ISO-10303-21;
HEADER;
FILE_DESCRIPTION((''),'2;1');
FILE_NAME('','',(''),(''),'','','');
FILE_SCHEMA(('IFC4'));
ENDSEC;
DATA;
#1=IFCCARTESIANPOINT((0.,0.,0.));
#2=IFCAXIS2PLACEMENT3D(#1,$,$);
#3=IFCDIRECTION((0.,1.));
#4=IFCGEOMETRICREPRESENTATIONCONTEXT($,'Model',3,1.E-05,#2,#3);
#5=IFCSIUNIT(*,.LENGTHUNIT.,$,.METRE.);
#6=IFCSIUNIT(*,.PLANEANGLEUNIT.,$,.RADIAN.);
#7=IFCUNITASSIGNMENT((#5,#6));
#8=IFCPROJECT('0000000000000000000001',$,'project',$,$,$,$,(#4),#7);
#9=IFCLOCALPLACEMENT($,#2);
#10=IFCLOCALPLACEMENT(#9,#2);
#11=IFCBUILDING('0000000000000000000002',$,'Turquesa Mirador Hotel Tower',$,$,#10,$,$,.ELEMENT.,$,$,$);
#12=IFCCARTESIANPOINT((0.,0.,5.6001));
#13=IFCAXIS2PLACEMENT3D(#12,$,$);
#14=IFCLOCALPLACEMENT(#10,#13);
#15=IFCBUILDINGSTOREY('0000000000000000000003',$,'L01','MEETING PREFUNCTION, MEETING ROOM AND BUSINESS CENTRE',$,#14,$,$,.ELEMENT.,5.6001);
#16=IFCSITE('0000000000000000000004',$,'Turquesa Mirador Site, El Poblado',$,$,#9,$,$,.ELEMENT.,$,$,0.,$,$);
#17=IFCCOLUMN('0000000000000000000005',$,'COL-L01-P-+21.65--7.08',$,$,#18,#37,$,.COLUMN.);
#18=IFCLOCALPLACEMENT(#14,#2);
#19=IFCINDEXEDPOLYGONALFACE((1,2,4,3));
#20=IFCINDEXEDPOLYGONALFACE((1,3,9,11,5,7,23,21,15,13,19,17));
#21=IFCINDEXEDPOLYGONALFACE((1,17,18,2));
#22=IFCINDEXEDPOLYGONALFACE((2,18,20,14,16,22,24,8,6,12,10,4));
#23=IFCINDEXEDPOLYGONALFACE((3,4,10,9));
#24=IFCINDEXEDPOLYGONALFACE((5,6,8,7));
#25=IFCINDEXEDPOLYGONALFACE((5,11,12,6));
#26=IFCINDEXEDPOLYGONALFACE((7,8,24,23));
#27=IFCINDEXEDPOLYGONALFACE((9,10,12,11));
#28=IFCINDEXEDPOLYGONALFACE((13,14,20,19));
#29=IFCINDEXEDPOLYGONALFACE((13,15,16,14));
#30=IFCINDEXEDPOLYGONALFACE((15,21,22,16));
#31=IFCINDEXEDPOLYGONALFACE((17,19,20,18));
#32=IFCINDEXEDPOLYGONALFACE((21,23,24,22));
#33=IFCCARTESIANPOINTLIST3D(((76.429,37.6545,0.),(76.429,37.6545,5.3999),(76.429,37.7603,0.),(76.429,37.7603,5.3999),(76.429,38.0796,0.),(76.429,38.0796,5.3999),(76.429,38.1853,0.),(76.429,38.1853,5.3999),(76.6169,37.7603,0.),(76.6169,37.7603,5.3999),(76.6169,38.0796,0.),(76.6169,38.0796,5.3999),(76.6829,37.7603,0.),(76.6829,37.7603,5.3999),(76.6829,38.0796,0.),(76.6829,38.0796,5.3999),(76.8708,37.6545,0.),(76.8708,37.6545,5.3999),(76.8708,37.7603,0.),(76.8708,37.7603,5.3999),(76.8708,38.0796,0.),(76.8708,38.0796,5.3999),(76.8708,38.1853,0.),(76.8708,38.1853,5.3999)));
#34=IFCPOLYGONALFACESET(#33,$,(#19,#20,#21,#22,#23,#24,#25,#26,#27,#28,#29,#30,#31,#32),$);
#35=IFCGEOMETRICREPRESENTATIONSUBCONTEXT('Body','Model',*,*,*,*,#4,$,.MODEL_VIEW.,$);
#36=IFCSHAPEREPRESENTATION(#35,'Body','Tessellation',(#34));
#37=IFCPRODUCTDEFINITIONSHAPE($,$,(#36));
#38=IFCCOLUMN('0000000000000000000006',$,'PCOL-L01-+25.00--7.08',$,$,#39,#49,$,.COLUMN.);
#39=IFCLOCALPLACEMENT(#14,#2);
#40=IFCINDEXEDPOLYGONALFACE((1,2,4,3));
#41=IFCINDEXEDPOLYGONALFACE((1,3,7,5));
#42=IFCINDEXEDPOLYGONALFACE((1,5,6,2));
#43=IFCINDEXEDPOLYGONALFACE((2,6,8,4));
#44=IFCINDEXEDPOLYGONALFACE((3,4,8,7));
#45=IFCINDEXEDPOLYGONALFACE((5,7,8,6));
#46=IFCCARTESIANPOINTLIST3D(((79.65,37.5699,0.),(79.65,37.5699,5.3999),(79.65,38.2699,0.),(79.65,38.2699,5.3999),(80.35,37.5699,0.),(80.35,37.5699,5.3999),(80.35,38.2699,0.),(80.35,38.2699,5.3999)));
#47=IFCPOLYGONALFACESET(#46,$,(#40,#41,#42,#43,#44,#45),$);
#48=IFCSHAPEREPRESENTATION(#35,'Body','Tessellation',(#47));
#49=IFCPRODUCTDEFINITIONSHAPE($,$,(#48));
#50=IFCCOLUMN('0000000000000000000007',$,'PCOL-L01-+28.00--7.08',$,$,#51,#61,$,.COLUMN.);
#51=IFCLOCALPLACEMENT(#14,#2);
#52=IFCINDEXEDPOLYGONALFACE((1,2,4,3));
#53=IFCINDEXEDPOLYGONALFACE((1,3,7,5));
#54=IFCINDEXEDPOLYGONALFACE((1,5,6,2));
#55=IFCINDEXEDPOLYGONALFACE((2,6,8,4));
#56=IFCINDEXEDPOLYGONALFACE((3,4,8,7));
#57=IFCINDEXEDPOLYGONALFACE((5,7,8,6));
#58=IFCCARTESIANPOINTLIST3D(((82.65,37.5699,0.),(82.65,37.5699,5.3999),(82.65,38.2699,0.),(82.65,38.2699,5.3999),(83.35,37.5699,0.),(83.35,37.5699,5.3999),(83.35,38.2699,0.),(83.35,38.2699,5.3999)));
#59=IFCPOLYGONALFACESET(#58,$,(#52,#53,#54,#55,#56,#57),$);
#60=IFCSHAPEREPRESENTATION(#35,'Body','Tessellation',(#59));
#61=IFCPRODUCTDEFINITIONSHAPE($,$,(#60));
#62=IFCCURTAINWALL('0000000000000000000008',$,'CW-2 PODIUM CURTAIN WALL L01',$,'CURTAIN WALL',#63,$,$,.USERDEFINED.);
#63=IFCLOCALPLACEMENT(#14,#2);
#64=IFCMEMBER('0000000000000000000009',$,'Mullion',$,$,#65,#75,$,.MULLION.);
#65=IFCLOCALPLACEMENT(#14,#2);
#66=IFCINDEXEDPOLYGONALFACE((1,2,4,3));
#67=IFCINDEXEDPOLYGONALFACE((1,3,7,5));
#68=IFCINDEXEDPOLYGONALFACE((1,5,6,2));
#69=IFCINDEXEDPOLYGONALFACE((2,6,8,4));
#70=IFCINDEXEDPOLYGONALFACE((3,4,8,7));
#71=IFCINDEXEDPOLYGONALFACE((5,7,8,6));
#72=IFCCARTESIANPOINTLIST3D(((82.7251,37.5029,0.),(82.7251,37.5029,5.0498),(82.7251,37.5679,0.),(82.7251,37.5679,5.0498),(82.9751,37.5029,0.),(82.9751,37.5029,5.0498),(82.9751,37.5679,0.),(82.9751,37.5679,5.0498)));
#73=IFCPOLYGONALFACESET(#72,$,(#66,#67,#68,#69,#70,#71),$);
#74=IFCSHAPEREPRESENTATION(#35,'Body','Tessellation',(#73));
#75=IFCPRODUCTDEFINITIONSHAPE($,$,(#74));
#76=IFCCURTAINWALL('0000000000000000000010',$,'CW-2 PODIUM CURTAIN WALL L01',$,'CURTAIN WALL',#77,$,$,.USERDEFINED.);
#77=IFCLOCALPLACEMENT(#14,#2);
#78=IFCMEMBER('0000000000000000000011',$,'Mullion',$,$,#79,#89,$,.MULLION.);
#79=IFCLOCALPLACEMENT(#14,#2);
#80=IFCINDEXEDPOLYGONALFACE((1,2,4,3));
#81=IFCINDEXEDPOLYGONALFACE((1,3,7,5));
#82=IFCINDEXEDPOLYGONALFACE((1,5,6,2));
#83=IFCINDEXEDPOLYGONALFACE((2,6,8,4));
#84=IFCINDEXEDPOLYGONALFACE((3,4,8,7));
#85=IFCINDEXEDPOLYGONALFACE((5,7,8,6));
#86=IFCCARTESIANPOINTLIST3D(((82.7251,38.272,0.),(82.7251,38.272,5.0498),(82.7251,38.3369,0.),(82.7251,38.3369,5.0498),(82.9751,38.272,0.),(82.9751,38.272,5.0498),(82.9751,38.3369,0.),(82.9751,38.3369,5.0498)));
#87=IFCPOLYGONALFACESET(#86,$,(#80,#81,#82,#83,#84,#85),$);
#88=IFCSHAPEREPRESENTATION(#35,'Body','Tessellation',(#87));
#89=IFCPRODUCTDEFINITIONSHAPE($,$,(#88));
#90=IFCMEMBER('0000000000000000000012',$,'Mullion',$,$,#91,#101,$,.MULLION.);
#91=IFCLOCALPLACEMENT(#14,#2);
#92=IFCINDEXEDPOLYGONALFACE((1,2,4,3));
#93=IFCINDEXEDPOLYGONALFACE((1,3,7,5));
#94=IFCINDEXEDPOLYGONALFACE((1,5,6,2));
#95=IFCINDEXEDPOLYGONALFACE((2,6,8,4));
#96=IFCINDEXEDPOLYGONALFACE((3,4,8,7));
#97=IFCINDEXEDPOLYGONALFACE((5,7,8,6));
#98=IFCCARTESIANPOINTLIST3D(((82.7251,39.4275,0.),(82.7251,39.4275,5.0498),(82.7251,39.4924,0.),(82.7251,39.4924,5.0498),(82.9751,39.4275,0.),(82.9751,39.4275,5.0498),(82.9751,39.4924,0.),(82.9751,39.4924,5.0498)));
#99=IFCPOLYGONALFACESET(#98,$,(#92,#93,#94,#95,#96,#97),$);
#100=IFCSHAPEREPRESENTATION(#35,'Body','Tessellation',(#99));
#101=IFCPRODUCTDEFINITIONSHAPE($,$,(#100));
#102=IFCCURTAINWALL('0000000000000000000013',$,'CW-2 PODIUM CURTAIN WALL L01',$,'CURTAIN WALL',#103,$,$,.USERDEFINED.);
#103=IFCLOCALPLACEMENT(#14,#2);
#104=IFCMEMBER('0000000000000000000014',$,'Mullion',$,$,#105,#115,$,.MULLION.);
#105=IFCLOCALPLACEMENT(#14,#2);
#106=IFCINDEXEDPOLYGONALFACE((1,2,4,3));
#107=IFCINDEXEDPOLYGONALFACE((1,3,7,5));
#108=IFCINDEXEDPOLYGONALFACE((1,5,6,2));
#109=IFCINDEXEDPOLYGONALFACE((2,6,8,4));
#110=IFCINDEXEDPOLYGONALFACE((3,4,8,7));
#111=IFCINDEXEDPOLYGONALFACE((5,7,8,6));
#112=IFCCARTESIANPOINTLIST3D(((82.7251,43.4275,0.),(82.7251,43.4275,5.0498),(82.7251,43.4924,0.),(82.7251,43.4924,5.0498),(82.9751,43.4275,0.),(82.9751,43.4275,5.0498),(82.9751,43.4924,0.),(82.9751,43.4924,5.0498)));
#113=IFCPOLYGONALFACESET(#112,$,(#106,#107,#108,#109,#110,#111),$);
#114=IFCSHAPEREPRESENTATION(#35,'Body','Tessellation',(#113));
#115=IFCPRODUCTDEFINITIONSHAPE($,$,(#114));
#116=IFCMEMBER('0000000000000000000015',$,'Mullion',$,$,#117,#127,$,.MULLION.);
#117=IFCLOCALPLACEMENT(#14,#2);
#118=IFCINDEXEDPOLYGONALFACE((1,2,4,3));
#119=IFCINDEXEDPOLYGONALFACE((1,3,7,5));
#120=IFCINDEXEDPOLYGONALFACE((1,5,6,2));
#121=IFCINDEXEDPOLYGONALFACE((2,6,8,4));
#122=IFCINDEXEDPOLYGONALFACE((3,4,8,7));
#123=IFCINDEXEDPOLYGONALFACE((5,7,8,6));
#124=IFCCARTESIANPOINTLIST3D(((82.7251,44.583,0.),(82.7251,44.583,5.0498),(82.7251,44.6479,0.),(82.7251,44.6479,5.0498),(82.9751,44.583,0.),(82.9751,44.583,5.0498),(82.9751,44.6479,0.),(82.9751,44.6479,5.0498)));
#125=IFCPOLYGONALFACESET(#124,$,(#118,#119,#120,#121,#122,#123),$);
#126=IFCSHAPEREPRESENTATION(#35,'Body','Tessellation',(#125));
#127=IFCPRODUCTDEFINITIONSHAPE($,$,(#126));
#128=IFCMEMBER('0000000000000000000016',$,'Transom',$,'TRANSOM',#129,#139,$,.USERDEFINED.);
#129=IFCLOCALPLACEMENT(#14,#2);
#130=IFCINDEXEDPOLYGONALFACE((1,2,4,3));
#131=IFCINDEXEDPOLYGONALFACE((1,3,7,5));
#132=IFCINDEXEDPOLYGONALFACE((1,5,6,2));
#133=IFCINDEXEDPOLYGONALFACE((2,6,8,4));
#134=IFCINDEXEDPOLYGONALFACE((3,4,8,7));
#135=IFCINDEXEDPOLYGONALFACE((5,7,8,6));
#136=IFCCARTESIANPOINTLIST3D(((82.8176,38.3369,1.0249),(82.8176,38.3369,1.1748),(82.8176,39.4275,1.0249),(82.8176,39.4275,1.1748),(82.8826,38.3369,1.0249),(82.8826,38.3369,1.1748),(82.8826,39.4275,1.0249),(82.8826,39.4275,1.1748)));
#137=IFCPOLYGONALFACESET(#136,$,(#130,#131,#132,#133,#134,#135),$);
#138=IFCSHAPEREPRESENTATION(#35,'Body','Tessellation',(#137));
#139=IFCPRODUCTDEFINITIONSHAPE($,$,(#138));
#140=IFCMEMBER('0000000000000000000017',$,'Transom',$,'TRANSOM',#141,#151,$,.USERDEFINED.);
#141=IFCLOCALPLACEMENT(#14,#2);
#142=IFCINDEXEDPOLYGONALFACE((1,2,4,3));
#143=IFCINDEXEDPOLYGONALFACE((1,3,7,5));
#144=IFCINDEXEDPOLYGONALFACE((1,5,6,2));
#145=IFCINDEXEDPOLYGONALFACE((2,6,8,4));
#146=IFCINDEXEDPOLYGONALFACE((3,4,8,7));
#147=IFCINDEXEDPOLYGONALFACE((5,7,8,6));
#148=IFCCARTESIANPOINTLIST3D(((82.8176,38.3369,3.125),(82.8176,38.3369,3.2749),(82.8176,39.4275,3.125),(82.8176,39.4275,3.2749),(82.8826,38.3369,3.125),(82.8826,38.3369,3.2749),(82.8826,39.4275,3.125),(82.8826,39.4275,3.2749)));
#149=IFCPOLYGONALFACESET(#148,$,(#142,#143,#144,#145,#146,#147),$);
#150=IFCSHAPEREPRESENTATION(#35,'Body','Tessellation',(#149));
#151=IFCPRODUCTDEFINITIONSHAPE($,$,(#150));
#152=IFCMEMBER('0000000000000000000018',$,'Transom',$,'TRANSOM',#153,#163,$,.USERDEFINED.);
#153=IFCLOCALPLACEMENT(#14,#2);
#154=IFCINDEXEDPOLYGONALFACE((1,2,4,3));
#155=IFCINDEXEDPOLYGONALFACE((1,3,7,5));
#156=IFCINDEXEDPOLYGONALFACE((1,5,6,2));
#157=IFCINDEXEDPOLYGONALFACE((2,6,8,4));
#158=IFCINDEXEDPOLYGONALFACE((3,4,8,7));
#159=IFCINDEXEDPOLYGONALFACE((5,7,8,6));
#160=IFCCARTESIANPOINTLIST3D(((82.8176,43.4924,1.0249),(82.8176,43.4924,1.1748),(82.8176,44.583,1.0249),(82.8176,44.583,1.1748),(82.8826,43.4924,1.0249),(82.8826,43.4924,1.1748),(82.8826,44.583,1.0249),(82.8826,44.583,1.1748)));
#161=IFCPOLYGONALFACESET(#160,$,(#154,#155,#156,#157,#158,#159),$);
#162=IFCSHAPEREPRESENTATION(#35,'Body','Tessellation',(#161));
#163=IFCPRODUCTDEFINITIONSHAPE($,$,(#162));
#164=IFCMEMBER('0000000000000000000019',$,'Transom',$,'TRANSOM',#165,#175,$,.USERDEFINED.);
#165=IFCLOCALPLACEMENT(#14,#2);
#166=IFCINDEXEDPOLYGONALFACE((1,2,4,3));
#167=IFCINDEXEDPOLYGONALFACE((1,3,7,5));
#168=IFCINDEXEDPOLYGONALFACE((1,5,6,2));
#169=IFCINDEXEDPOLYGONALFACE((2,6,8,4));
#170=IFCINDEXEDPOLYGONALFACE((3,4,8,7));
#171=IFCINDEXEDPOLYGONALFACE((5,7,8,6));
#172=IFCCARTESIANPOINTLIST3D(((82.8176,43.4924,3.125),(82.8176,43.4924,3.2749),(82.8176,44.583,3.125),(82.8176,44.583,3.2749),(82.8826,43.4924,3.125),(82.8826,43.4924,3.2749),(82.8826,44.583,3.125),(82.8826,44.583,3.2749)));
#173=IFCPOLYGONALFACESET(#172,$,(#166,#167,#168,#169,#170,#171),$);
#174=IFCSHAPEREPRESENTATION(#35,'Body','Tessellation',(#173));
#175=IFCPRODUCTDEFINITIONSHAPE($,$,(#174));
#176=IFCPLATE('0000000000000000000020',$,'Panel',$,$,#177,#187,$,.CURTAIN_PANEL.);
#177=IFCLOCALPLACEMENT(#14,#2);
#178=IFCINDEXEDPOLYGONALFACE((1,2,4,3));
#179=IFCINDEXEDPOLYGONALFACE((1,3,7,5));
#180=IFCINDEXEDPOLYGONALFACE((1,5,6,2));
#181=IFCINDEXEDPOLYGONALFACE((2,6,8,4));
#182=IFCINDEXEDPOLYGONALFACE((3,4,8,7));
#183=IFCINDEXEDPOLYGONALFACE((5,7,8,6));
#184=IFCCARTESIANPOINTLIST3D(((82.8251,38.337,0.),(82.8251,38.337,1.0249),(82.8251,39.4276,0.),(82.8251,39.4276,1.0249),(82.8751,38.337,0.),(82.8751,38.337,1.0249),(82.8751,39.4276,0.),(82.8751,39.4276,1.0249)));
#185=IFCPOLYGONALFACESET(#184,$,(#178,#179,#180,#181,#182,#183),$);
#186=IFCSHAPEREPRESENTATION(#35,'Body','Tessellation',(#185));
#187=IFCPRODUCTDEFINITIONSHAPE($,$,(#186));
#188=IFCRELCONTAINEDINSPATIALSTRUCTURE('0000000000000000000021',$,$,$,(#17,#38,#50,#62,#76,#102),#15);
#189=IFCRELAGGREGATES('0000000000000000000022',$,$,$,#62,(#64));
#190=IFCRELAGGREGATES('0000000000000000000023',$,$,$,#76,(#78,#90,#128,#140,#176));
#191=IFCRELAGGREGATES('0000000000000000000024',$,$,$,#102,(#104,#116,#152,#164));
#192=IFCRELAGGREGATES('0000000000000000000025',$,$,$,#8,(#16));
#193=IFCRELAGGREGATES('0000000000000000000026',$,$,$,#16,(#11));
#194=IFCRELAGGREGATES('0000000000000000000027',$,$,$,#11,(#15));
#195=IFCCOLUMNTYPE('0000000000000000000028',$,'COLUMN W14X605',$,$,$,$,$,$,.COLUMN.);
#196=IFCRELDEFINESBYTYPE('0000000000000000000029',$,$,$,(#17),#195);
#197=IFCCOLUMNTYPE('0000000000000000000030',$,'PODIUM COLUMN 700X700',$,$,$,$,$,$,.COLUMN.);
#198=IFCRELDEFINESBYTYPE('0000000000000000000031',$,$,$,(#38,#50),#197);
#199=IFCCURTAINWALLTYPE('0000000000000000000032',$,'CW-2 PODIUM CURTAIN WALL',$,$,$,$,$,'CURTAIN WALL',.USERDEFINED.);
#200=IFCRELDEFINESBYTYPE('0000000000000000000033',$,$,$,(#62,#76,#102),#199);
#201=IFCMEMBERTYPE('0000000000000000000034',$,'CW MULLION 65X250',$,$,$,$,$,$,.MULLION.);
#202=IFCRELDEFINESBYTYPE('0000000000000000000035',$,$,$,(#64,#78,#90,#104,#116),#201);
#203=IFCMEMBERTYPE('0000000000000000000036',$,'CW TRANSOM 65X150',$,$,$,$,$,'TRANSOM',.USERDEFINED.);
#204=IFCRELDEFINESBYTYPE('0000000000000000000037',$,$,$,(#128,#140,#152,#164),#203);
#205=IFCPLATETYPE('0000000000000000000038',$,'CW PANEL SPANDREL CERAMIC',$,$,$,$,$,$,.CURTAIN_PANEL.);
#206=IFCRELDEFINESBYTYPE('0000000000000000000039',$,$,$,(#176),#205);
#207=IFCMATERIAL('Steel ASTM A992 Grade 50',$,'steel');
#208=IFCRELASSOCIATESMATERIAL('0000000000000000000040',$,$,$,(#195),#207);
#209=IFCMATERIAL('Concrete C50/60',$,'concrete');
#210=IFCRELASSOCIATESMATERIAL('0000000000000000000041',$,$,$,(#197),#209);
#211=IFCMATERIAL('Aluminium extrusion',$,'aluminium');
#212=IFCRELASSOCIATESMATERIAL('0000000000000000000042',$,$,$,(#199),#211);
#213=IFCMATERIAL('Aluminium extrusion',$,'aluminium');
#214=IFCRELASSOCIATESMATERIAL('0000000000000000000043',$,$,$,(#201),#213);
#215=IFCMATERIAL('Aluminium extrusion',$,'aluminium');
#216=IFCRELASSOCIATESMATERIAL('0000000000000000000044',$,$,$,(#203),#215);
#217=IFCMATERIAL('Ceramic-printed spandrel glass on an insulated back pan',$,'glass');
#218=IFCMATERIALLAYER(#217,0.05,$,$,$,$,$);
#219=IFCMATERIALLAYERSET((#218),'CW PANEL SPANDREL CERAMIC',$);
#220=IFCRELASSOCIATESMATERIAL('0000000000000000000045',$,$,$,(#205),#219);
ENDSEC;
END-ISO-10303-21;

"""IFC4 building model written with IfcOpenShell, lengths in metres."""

from ifc_helpers import new_model, si_unit, direction, frame, origin, origin_2d, place, context, subcontext, project, spatial, rectangle, i_section, extrude, material, layer, layer_set, material_profile, profile_set, type_object, element, aggregate, save


model = new_model("IFC4")

# Units and contexts
model_context = context("Model", 3, precision=1e-05, world=origin(), true_north=direction((0.0, 1.0)))
body_context = subcontext(model_context, "Body", "Model", "MODEL_VIEW")
ifc_project = project(units=[si_unit("LENGTHUNIT", "METRE"), si_unit("PLANEANGLEUNIT", "RADIAN")], contexts=[model_context])

# Site, building, storey
site_placement = place(None, origin())
site = spatial("IfcSite", under=ifc_project, at=site_placement, Name="Turquesa Mirador Site, El Poblado", CompositionType="ELEMENT", RefElevation=0.0)
building_placement = place(site_placement, origin())
building = spatial("IfcBuilding", under=site, at=building_placement, Name="Turquesa Mirador Hotel Tower", CompositionType="ELEMENT")
storey_placement = place(building_placement, frame((0.0, 0.0, 5.6001)))
storey = spatial("IfcBuildingStorey", under=building, at=storey_placement, Name="L01", Description="MEETING PREFUNCTION, MEETING ROOM AND BUSINESS CENTRE", CompositionType="ELEMENT", Elevation=5.6001)

# Columns
ifc_material_1 = material(Name="Steel ASTM A992 Grade 50", Category="steel")
ifc_material_profile_1 = material_profile(ifc_material_1, i_section(OverallWidth=0.4419, OverallDepth=0.5308, WebThickness=0.0659, FlangeThickness=0.1057, at=origin_2d()), Name="W14X605")
ifc_profile_set_1 = profile_set([ifc_material_profile_1], Name="Steel ASTM A992 Grade 50")
column_type_1 = type_object("IfcColumnType", Name="COLUMN W14X605", PredefinedType="COLUMN", material=ifc_profile_set_1)
column_placement = place(storey_placement, frame((76.6499, 37.9199, 0.0), z_axis=(0.0, 0.0, 1.0), x_axis=(1.0, 0.0, 0.0)))
element("IfcColumn", 1, at=column_placement, inside=storey, type_object=column_type_1, Name="COL-L01-P-+21.65--7.08", PredefinedType="COLUMN", context=body_context, shape_type="SweptSolid", body=[
    extrude(i_section(OverallWidth=0.4419, OverallDepth=0.5308, WebThickness=0.0659, FlangeThickness=0.1057, at=origin_2d()), origin(), (0.0, 0.0, 1.0), 5.3999),
])
ifc_material_2 = material(Name="Concrete C50/60", Category="concrete")
ifc_material_profile_2 = material_profile(ifc_material_2, rectangle(XDim=0.7, YDim=0.7, at=origin_2d()), Name="RC 700X700")
ifc_profile_set_2 = profile_set([ifc_material_profile_2], Name="Concrete C50/60")
column_type_2 = type_object("IfcColumnType", Name="PODIUM COLUMN 700X700", PredefinedType="COLUMN", material=ifc_profile_set_2)
for number, where, z_axis, x_axis, name in (
    (2, (80.0, 37.9199, 0.0), (0.0, 0.0, 1.0), (1.0, 0.0, 0.0), "PCOL-L01-+25.00--7.08"),
    (3, (83.0, 37.9199, 0.0), (0.0, 0.0, 1.0), (1.0, 0.0, 0.0), "PCOL-L01-+28.00--7.08"),
):
    element("IfcColumn", number, at=place(storey_placement, frame(where, z_axis=z_axis, x_axis=x_axis)), inside=storey, type_object=column_type_2, Name=name, PredefinedType="COLUMN", context=body_context, shape_type="SweptSolid", body=[
        extrude(rectangle(XDim=0.7, YDim=0.7, at=origin_2d()), origin(), (0.0, 0.0, 1.0), 5.3999),
    ])

# Curtain wall, member
ifc_material_3 = material(Name="Aluminium extrusion", Category="aluminium")
curtain_wall_type = type_object("IfcCurtainWallType", Name="CW-2 PODIUM CURTAIN WALL", ElementType="CURTAIN WALL", PredefinedType="USERDEFINED", material=ifc_material_3)
curtain_wall_1_placement = place(storey_placement, origin())
curtain_wall_1 = element("IfcCurtainWall", 4, at=curtain_wall_1_placement, inside=storey, type_object=curtain_wall_type, Name="CW-2 PODIUM CURTAIN WALL L01", ObjectType="CURTAIN WALL", PredefinedType="USERDEFINED")
ifc_material_4 = material(Name="Aluminium extrusion", Category="aluminium")
ifc_material_profile_3 = material_profile(ifc_material_4, rectangle(XDim=0.0649, YDim=0.25, at=origin_2d()), Name="MULLION 65X250")
ifc_profile_set_3 = profile_set([ifc_material_profile_3], Name="Aluminium extrusion")
member_type_1 = type_object("IfcMemberType", Name="CW MULLION 65X250", PredefinedType="MULLION", material=ifc_profile_set_3)
member_1_placement = place(storey_placement, frame((82.8501, 37.5354, 0.0), z_axis=(0.0, 0.0, 1.0), x_axis=(0.0, 1.0, 0.0)))
member_1 = element("IfcMember", 5, at=member_1_placement, type_object=member_type_1, Name="Mullion", PredefinedType="MULLION", context=body_context, shape_type="SweptSolid", body=[
    extrude(rectangle(XDim=0.0649, YDim=0.25, at=origin_2d()), origin(), (0.0, 0.0, 1.0), 5.0498),
])

# Curtain walls, members
curtain_wall_2_placement = place(storey_placement, origin())
curtain_wall_2 = element("IfcCurtainWall", 6, at=curtain_wall_2_placement, inside=storey, type_object=curtain_wall_type, Name="CW-2 PODIUM CURTAIN WALL L01", ObjectType="CURTAIN WALL", PredefinedType="USERDEFINED")
member_2_placement = place(storey_placement, frame((82.8501, 38.3044, 0.0), z_axis=(0.0, 0.0, 1.0), x_axis=(0.0, 1.0, 0.0)))
member_2 = element("IfcMember", 7, at=member_2_placement, type_object=member_type_1, Name="Mullion", PredefinedType="MULLION", context=body_context, shape_type="SweptSolid", body=[
    extrude(rectangle(XDim=0.0649, YDim=0.25, at=origin_2d()), origin(), (0.0, 0.0, 1.0), 5.0498),
])
member_3_placement = place(storey_placement, frame((82.8501, 39.46, 0.0), z_axis=(0.0, 0.0, 1.0), x_axis=(0.0, 1.0, 0.0)))
member_3 = element("IfcMember", 8, at=member_3_placement, type_object=member_type_1, Name="Mullion", PredefinedType="MULLION", context=body_context, shape_type="SweptSolid", body=[
    extrude(rectangle(XDim=0.0649, YDim=0.25, at=origin_2d()), origin(), (0.0, 0.0, 1.0), 5.0498),
])
curtain_wall_3_placement = place(storey_placement, origin())
curtain_wall_3 = element("IfcCurtainWall", 9, at=curtain_wall_3_placement, inside=storey, type_object=curtain_wall_type, Name="CW-2 PODIUM CURTAIN WALL L01", ObjectType="CURTAIN WALL", PredefinedType="USERDEFINED")
member_4_placement = place(storey_placement, frame((82.8501, 43.46, 0.0), z_axis=(0.0, 0.0, 1.0), x_axis=(0.0, 1.0, 0.0)))
member_4 = element("IfcMember", 10, at=member_4_placement, type_object=member_type_1, Name="Mullion", PredefinedType="MULLION", context=body_context, shape_type="SweptSolid", body=[
    extrude(rectangle(XDim=0.0649, YDim=0.25, at=origin_2d()), origin(), (0.0, 0.0, 1.0), 5.0498),
])
member_5_placement = place(storey_placement, frame((82.8501, 44.6155, 0.0), z_axis=(0.0, 0.0, 1.0), x_axis=(0.0, 1.0, 0.0)))
member_5 = element("IfcMember", 11, at=member_5_placement, type_object=member_type_1, Name="Mullion", PredefinedType="MULLION", context=body_context, shape_type="SweptSolid", body=[
    extrude(rectangle(XDim=0.0649, YDim=0.25, at=origin_2d()), origin(), (0.0, 0.0, 1.0), 5.0498),
])

# Members
ifc_material_5 = material(Name="Aluminium extrusion", Category="aluminium")
ifc_material_profile_4 = material_profile(ifc_material_5, rectangle(XDim=0.0649, YDim=0.1499, at=origin_2d()), Name="TRANSOM 65X150")
ifc_profile_set_4 = profile_set([ifc_material_profile_4], Name="Aluminium extrusion")
member_type_2 = type_object("IfcMemberType", Name="CW TRANSOM 65X150", ElementType="TRANSOM", PredefinedType="USERDEFINED", material=ifc_profile_set_4)
member_6_placement = place(storey_placement, frame((82.8501, 38.3369, 1.0999), z_axis=(0.0, 1.0, 0.0), x_axis=(-1.0, 0.0, 0.0)))
member_6 = element("IfcMember", 12, at=member_6_placement, type_object=member_type_2, Name="Transom", ObjectType="TRANSOM", PredefinedType="USERDEFINED", context=body_context, shape_type="SweptSolid", body=[
    extrude(rectangle(XDim=0.0649, YDim=0.1499, at=origin_2d()), origin(), (0.0, 0.0, 1.0), 1.0906),
])
member_7_placement = place(storey_placement, frame((82.8501, 38.3369, 3.2), z_axis=(0.0, 1.0, 0.0), x_axis=(-1.0, 0.0, 0.0)))
member_7 = element("IfcMember", 13, at=member_7_placement, type_object=member_type_2, Name="Transom", ObjectType="TRANSOM", PredefinedType="USERDEFINED", context=body_context, shape_type="SweptSolid", body=[
    extrude(rectangle(XDim=0.0649, YDim=0.1499, at=origin_2d()), origin(), (0.0, 0.0, 1.0), 1.0906),
])
member_8_placement = place(storey_placement, frame((82.8501, 43.4924, 1.0999), z_axis=(0.0, 1.0, 0.0), x_axis=(-1.0, 0.0, 0.0)))
member_8 = element("IfcMember", 14, at=member_8_placement, type_object=member_type_2, Name="Transom", ObjectType="TRANSOM", PredefinedType="USERDEFINED", context=body_context, shape_type="SweptSolid", body=[
    extrude(rectangle(XDim=0.0649, YDim=0.1499, at=origin_2d()), origin(), (0.0, 0.0, 1.0), 1.0906),
])
member_9_placement = place(storey_placement, frame((82.8501, 43.4924, 3.2), z_axis=(0.0, 1.0, 0.0), x_axis=(-1.0, 0.0, 0.0)))
member_9 = element("IfcMember", 15, at=member_9_placement, type_object=member_type_2, Name="Transom", ObjectType="TRANSOM", PredefinedType="USERDEFINED", context=body_context, shape_type="SweptSolid", body=[
    extrude(rectangle(XDim=0.0649, YDim=0.1499, at=origin_2d()), origin(), (0.0, 0.0, 1.0), 1.0906),
])

# Plate
ifc_material_6 = material(Name="Ceramic-printed spandrel glass on an insulated back pan", Category="glass")
ifc_layer_1 = layer(ifc_material_6, 0.05)
ifc_layer_set_1 = layer_set([ifc_layer_1], Name="CW PANEL SPANDREL CERAMIC")
plate_type_1 = type_object("IfcPlateType", Name="CW PANEL SPANDREL CERAMIC", PredefinedType="CURTAIN_PANEL", material=ifc_layer_set_1)
plate_1_placement = place(storey_placement, frame((82.8501, 38.8823, 0.0), z_axis=(0.0, 0.0, 1.0), x_axis=(0.0, 1.0, 0.0)))
plate_1 = element("IfcPlate", 16, at=plate_1_placement, type_object=plate_type_1, Name="Panel", PredefinedType="CURTAIN_PANEL", context=body_context, shape_type="SweptSolid", body=[
    extrude(rectangle(XDim=1.0906, YDim=0.05, at=origin_2d()), origin(), (0.0, 0.0, 1.0), 1.0249),
])
aggregate(curtain_wall_1, [member_1])
aggregate(curtain_wall_2, [member_2, member_3, member_6, member_7, plate_1])
aggregate(curtain_wall_3, [member_4, member_5, member_8, member_9])

save(model, "model.ifc")
